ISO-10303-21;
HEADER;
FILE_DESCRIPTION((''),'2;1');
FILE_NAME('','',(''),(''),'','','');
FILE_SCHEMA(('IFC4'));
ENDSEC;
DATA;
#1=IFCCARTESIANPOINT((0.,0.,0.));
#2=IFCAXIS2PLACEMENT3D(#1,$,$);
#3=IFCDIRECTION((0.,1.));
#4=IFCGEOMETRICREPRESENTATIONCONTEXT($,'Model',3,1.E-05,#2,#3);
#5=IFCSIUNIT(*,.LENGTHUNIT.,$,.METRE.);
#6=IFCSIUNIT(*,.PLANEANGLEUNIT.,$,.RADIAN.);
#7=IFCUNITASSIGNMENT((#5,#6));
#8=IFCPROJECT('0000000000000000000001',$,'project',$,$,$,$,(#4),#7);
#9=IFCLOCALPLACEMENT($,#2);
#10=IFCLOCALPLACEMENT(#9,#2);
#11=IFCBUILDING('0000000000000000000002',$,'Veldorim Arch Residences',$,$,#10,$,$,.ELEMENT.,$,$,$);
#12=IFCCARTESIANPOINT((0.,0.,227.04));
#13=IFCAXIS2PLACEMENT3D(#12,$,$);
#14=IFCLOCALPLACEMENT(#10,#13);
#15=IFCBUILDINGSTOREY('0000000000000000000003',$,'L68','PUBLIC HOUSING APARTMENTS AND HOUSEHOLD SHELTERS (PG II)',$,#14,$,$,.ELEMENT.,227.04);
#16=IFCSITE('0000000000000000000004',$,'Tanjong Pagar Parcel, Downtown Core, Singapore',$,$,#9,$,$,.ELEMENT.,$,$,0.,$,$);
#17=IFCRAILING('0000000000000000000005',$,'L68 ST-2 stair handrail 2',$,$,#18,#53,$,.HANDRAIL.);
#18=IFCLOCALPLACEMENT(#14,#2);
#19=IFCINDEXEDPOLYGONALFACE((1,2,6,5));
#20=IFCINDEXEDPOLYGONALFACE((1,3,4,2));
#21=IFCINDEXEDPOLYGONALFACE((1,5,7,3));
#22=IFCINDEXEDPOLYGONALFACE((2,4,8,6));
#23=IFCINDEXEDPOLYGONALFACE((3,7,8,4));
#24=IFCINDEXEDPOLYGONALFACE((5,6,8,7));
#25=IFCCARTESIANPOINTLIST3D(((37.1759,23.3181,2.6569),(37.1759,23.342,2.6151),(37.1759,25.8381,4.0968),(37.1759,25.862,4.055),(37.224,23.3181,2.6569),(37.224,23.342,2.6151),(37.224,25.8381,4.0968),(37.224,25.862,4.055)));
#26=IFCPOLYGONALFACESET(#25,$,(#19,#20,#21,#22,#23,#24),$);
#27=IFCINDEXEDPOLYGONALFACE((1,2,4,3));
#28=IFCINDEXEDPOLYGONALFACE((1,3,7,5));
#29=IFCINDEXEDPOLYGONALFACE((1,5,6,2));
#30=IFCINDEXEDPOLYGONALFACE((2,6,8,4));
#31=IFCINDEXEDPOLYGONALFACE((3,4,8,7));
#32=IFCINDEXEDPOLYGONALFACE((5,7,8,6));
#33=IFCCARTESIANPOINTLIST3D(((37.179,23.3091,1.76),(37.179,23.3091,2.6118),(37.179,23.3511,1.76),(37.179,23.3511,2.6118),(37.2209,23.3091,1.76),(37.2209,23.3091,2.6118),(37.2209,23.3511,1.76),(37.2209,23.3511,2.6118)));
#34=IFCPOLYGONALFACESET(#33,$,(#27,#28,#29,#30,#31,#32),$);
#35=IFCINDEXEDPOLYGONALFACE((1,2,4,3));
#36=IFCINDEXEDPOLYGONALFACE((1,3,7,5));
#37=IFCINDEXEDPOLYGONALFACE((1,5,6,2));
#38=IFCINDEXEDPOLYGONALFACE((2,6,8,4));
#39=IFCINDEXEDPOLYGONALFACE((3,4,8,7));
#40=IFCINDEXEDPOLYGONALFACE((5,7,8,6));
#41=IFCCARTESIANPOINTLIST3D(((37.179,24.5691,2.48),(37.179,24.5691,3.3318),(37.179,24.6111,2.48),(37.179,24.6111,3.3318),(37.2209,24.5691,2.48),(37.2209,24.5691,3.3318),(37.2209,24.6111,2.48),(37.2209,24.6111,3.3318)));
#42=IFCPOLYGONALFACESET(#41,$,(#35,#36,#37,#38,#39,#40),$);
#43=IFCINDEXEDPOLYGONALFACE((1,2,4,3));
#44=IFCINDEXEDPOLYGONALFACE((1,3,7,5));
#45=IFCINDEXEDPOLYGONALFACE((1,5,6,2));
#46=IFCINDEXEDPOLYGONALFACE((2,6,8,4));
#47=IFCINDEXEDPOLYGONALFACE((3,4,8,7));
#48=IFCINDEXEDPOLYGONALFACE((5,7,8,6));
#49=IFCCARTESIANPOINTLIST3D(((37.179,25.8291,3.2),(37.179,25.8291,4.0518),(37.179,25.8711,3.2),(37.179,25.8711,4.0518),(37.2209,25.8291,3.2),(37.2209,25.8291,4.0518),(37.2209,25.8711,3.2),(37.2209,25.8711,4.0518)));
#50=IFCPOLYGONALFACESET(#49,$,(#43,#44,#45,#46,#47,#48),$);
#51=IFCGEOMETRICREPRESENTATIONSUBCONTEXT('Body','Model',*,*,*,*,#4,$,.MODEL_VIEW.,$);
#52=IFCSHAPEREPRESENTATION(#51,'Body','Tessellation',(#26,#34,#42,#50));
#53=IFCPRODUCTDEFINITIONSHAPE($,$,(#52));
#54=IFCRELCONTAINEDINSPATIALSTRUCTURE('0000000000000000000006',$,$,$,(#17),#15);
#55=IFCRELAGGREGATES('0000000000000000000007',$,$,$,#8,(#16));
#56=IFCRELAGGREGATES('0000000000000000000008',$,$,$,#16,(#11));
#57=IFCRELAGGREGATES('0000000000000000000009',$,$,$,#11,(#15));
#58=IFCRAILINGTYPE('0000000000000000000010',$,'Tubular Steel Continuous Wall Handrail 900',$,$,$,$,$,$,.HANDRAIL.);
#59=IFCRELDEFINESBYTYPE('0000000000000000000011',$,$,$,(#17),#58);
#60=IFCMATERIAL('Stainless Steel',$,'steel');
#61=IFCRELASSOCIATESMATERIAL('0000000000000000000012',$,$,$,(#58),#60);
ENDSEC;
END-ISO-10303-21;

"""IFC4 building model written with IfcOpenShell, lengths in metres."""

from ifc_helpers import new_model, si_unit, direction, frame, origin, origin_2d, place, context, subcontext, project, spatial, rectangle, extrude, material, type_object, element, save


model = new_model("IFC4")

# Units and contexts
model_context = context("Model", 3, precision=1e-05, world=origin(), true_north=direction((0.0, 1.0)))
body_context = subcontext(model_context, "Body", "Model", "MODEL_VIEW")
ifc_project = project(units=[si_unit("LENGTHUNIT", "METRE"), si_unit("PLANEANGLEUNIT", "RADIAN")], contexts=[model_context])

# Site, building, storey
site_placement = place(None, origin())
site = spatial("IfcSite", under=ifc_project, at=site_placement, Name="Tanjong Pagar Parcel, Downtown Core, Singapore", CompositionType="ELEMENT", RefElevation=0.0)
building_placement = place(site_placement, origin())
building = spatial("IfcBuilding", under=site, at=building_placement, Name="Veldorim Arch Residences", CompositionType="ELEMENT")
storey_placement = place(building_placement, frame((0.0, 0.0, 227.04)))
storey = spatial("IfcBuildingStorey", under=building, at=storey_placement, Name="L68", Description="PUBLIC HOUSING APARTMENTS AND HOUSEHOLD SHELTERS (PG II)", CompositionType="ELEMENT", Elevation=227.04)

# Railing
ifc_material_1 = material(Name="Stainless Steel", Category="steel")
railing_type_1 = type_object("IfcRailingType", Name="Tubular Steel Continuous Wall Handrail 900", PredefinedType="HANDRAIL", material=ifc_material_1)
railing_1_placement = place(storey_placement, frame((37.2, 23.3301, 1.76)))
element("IfcRailing", 1, at=railing_1_placement, inside=storey, type_object=railing_type_1, Name="L68 ST-2 stair handrail 2", PredefinedType="HANDRAIL", context=body_context, shape_type="SweptSolid", body=[
    extrude(rectangle(XDim=0.0481, YDim=0.0481, at=origin_2d()), frame((0.0, 0.0, 0.876), z_axis=(0.0, 0.868253, 0.496121), x_axis=(-1.0, 0.0, 0.0)), (0.0, 0.0, 1.0), 2.9023),
    extrude(rectangle(XDim=0.042, YDim=0.042, at=origin_2d()), origin(), (0.0, 0.0, 1.0), 0.8518),
    extrude(rectangle(XDim=0.042, YDim=0.042, at=origin_2d()), frame((0.0, 1.26, 0.72)), (0.0, 0.0, 1.0), 0.8518),
    extrude(rectangle(XDim=0.042, YDim=0.042, at=origin_2d()), frame((0.0, 2.52, 1.4399)), (0.0, 0.0, 1.0), 0.8518),
])

save(model, "model.ifc")
